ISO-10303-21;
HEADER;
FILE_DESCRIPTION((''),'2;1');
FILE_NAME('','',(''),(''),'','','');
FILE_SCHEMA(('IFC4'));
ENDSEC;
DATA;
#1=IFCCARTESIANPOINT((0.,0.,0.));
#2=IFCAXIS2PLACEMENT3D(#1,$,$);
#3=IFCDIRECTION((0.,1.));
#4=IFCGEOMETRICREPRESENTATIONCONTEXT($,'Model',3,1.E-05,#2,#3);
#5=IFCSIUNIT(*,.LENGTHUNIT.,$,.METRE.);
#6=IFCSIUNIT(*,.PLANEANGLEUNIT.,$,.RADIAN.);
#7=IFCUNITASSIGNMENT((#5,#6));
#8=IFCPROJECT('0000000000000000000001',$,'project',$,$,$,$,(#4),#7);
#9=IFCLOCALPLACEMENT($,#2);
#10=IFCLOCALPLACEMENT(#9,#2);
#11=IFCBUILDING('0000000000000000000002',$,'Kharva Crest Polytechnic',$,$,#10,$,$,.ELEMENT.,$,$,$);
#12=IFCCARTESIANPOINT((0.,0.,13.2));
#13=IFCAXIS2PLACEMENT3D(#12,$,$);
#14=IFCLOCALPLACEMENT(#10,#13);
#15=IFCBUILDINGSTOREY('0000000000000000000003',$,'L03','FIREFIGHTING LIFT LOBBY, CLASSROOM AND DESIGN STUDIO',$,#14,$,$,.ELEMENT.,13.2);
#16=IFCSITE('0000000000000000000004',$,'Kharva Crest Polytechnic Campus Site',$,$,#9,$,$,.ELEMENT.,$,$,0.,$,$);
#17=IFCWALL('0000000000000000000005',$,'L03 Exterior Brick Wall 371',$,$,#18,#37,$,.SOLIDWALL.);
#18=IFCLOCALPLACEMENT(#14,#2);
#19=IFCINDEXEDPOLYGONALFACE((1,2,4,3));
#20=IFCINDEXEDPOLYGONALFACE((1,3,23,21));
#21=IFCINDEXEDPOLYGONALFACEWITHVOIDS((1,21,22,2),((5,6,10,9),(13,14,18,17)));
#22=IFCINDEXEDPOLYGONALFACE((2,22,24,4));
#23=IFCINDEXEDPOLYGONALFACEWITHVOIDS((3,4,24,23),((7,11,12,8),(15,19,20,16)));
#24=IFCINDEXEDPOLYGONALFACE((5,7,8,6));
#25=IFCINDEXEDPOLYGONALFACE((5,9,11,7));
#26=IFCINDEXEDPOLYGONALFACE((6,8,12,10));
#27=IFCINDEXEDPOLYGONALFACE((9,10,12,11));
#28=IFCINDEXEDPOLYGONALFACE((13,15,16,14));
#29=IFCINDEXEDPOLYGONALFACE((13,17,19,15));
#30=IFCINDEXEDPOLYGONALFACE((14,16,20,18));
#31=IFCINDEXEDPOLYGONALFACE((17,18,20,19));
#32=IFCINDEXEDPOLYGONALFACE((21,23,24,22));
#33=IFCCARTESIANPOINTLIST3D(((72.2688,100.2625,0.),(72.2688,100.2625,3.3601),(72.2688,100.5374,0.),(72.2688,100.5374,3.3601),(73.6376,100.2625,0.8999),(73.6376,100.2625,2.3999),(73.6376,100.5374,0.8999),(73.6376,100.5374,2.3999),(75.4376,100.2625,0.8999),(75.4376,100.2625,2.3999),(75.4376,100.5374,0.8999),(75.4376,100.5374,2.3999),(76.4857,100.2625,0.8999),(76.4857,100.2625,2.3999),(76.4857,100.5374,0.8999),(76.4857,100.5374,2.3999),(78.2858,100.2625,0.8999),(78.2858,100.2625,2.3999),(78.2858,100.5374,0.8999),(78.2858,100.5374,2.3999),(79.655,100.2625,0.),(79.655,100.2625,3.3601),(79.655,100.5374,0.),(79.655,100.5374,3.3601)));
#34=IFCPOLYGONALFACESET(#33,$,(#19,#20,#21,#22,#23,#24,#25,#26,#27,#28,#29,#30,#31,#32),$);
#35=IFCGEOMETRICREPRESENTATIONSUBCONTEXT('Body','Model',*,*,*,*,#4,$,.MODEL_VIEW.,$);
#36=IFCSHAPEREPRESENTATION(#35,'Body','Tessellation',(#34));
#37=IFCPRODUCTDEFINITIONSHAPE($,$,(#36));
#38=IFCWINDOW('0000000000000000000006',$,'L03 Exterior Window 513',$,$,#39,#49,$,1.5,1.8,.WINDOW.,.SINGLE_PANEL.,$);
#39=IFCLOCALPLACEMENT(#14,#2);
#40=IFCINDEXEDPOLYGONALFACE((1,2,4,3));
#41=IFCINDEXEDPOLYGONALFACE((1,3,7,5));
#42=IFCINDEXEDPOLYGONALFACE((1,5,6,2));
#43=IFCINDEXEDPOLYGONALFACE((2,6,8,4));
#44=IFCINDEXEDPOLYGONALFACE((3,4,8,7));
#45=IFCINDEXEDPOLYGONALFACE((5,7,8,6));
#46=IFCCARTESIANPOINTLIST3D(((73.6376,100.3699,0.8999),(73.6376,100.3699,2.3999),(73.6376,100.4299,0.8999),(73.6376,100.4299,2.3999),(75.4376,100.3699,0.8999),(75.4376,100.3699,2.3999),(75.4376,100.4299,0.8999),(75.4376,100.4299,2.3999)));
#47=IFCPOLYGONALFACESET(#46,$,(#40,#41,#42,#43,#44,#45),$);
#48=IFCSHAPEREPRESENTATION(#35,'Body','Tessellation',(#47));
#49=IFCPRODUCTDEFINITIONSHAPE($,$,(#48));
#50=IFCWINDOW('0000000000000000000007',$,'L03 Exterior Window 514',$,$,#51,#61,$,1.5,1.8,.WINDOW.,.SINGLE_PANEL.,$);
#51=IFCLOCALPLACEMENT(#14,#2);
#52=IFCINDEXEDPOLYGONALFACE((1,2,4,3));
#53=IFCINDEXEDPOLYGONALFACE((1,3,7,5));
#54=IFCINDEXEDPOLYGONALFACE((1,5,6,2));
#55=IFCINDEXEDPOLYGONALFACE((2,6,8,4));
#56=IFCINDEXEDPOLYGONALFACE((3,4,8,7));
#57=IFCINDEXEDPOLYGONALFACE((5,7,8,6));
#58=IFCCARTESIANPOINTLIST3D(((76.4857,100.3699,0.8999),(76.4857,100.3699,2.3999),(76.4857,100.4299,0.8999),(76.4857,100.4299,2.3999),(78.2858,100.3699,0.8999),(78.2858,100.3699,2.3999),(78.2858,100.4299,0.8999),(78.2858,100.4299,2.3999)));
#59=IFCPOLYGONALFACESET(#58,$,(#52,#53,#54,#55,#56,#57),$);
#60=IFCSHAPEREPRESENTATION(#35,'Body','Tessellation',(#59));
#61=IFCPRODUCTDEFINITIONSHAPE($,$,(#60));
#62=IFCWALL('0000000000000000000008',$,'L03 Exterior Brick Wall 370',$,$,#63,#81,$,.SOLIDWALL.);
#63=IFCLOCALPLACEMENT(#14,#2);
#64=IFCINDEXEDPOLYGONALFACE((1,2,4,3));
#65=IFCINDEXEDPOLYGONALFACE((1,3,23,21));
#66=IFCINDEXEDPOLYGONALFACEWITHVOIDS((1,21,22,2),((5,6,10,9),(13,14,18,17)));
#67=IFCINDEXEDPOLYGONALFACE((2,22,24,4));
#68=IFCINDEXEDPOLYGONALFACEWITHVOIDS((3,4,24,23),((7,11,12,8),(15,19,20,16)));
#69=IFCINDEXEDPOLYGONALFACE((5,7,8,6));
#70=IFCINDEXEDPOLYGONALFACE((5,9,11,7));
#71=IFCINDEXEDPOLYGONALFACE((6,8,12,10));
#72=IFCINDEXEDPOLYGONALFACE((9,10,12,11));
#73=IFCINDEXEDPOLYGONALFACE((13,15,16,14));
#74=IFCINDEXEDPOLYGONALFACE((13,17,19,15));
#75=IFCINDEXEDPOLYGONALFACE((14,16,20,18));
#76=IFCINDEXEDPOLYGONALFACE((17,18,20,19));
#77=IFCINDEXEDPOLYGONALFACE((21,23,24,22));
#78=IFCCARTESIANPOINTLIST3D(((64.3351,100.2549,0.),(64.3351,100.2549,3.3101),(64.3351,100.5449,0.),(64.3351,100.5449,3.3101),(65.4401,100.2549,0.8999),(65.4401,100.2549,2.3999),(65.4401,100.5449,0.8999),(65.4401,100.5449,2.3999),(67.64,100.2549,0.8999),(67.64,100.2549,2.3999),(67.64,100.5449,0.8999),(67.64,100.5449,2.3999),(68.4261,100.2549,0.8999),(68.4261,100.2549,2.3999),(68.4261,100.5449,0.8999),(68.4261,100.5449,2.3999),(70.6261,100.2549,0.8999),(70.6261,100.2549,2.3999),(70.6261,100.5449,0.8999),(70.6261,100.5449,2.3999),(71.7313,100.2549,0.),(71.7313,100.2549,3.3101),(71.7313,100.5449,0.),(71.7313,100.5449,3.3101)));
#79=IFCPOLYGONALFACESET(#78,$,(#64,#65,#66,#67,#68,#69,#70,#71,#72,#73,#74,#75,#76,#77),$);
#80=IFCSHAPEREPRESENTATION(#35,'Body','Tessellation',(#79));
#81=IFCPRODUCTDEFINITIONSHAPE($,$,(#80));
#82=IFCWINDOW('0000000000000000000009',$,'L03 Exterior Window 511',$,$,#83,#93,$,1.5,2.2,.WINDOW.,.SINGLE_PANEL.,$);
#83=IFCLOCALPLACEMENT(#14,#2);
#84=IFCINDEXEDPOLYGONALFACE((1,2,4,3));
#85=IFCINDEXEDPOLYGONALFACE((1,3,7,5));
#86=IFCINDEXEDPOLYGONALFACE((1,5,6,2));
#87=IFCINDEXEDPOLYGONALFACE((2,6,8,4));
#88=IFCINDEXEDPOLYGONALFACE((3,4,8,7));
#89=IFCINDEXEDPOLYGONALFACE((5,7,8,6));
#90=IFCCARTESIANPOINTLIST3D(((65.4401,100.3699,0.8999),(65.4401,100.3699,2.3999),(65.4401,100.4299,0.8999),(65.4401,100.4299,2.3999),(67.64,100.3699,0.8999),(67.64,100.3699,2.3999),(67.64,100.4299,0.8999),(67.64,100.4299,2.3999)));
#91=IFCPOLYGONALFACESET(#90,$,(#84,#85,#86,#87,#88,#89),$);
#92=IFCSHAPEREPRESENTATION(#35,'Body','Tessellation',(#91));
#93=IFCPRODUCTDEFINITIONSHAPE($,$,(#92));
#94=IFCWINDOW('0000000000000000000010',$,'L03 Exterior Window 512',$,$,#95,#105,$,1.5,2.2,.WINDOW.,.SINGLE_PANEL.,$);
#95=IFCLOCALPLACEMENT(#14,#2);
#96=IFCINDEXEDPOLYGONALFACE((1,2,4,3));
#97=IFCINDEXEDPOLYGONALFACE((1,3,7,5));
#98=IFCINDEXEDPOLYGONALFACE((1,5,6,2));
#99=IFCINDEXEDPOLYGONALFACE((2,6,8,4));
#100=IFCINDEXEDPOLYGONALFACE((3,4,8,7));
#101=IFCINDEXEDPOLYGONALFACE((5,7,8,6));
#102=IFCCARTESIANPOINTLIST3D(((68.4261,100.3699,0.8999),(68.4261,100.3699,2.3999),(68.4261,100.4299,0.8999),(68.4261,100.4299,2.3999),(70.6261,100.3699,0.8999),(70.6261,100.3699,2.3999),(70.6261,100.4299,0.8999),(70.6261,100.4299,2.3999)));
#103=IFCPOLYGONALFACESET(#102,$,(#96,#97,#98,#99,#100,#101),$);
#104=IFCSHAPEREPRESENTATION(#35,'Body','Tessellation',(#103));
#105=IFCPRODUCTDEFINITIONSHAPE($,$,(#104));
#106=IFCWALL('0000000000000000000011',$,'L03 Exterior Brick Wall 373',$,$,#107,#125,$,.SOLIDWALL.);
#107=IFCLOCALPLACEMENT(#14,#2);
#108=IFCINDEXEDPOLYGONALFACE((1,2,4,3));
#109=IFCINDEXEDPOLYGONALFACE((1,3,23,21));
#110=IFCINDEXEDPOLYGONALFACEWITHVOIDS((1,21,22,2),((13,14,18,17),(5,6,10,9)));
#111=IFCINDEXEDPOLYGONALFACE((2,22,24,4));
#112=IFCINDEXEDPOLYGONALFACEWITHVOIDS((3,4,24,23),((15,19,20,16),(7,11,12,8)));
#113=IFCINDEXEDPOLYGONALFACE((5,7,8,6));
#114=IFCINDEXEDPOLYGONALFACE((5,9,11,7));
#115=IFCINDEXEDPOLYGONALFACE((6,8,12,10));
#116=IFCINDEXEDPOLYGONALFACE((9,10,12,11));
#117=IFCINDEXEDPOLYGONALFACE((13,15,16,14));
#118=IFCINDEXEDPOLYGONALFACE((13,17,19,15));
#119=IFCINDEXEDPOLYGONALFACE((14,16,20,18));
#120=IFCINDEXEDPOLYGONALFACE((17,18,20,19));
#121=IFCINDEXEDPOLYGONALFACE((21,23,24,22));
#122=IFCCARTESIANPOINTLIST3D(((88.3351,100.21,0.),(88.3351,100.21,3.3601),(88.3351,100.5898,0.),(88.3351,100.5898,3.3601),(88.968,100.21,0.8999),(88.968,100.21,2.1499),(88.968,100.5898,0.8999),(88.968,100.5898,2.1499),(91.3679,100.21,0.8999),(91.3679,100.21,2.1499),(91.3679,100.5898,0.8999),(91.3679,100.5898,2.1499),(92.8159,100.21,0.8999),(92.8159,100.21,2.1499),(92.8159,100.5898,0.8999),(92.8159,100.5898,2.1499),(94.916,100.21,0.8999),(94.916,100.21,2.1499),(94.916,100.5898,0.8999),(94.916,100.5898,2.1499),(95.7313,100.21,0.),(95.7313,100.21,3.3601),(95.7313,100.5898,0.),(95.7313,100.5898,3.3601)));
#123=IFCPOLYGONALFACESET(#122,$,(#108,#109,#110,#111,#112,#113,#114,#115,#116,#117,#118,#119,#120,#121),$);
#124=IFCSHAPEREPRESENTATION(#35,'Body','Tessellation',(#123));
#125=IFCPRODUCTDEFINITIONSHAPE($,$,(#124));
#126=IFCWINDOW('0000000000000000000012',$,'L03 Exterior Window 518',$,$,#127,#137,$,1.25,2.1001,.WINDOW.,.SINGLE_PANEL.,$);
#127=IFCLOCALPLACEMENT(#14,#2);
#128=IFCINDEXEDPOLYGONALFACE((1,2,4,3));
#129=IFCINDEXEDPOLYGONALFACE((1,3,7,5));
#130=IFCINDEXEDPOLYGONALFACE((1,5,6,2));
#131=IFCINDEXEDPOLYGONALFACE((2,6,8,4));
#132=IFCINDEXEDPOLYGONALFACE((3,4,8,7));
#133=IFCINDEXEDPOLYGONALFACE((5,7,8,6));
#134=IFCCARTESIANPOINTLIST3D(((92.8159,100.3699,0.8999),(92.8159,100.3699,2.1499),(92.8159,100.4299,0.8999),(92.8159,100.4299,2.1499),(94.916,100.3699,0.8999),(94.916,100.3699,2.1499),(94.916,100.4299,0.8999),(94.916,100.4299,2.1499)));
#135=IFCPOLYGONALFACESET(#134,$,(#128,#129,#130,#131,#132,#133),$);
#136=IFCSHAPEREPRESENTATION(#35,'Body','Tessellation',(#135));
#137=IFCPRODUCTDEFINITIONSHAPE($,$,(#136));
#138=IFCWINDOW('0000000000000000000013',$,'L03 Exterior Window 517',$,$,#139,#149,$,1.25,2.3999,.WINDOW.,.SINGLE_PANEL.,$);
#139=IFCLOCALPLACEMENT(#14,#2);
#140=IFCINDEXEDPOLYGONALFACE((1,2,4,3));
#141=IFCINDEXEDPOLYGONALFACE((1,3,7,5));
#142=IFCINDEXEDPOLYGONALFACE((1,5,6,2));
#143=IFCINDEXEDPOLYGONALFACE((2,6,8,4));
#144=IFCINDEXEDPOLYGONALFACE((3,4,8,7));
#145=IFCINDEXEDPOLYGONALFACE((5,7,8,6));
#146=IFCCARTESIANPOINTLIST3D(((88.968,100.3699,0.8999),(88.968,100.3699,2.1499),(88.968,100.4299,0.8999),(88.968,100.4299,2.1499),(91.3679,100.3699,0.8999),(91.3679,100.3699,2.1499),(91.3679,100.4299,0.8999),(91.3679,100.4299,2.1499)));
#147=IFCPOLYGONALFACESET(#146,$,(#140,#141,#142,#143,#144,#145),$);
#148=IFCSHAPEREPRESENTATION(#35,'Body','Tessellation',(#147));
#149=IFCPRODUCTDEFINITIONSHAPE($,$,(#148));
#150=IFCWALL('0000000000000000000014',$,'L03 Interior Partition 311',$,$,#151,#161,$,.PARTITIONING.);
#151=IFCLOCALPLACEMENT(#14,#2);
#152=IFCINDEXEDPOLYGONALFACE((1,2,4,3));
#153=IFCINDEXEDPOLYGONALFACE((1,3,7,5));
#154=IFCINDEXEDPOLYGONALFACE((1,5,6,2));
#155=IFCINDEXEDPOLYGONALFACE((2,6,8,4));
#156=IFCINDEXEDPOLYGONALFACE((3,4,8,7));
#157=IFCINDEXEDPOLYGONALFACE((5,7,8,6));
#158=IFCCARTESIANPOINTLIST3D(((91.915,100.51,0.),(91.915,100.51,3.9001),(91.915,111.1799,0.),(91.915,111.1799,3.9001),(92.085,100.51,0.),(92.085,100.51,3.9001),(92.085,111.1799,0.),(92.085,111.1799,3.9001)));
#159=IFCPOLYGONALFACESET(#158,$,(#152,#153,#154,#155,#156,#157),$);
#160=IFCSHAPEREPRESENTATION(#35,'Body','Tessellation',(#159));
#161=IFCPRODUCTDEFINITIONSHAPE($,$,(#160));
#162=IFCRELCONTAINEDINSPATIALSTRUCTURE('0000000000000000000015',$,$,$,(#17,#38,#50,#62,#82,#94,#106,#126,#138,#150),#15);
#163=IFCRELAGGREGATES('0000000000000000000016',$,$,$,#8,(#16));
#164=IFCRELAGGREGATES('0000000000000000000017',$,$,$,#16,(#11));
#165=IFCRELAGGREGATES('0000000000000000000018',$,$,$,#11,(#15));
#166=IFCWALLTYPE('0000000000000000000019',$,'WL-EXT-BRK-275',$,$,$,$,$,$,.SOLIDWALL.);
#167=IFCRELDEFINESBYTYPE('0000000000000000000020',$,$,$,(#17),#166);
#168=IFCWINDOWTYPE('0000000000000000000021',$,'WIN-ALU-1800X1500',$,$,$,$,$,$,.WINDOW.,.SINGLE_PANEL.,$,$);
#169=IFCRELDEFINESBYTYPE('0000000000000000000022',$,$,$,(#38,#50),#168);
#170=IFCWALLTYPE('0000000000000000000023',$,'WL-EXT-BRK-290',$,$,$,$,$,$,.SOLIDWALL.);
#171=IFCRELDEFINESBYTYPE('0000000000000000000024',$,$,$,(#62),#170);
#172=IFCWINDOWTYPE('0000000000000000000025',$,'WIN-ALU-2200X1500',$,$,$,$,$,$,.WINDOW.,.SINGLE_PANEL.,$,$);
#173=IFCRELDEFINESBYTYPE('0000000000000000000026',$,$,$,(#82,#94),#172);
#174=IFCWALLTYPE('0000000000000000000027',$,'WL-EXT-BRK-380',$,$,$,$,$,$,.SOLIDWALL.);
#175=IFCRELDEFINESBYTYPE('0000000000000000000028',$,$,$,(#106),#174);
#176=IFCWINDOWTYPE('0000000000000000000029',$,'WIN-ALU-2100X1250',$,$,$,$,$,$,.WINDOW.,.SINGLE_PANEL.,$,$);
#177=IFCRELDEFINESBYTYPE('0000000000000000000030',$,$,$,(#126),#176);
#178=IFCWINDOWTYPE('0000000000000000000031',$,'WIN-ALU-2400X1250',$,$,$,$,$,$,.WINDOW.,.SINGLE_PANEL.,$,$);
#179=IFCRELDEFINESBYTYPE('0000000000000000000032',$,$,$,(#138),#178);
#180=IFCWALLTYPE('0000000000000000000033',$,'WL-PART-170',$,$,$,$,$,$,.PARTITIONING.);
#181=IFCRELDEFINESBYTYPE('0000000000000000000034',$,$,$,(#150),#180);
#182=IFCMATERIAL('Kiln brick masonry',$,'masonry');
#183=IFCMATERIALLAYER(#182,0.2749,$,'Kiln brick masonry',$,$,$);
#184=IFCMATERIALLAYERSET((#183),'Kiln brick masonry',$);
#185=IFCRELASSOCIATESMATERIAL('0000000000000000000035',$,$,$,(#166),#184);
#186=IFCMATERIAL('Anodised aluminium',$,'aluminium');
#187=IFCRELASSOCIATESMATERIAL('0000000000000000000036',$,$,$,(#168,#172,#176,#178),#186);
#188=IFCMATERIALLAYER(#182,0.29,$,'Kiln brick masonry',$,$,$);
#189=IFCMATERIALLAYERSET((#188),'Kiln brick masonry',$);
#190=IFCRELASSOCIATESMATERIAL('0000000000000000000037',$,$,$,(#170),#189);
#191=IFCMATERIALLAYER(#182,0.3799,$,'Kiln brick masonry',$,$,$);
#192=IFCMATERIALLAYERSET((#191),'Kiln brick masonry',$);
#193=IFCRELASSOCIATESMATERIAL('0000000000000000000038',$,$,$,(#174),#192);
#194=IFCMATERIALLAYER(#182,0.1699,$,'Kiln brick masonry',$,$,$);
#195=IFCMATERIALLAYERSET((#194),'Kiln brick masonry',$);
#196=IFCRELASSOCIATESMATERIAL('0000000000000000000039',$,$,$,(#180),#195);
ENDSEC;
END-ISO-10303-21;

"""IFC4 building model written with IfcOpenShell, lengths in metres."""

from ifc_helpers import new_model, si_unit, direction, frame, frame_2d, origin, place, context, subcontext, project, spatial, rectangle, extrude, material, layer, layer_set, type_object, element, fill, save


model = new_model("IFC4")

# Units and contexts
model_context = context("Model", 3, precision=1e-05, world=origin(), true_north=direction((0.0, 1.0)))
body_context = subcontext(model_context, "Body", "Model", "MODEL_VIEW")
ifc_project = project(units=[si_unit("LENGTHUNIT", "METRE"), si_unit("PLANEANGLEUNIT", "RADIAN")], contexts=[model_context])

# Site, building, storey
site_placement = place(None, origin())
site = spatial("IfcSite", under=ifc_project, at=site_placement, Name="Kharva Crest Polytechnic Campus Site", CompositionType="ELEMENT", RefElevation=0.0)
building_placement = place(site_placement, origin())
building = spatial("IfcBuilding", under=site, at=building_placement, Name="Kharva Crest Polytechnic", CompositionType="ELEMENT")
storey_placement = place(building_placement, frame((0.0, 0.0, 13.2)))
storey = spatial("IfcBuildingStorey", under=building, at=storey_placement, Name="L03", Description="FIREFIGHTING LIFT LOBBY, CLASSROOM AND DESIGN STUDIO", CompositionType="ELEMENT", Elevation=13.2)

# Walls, openings, windows
ifc_material_1 = material(Name="Kiln brick masonry", Category="masonry")
ifc_material_2 = material(Name="Anodised aluminium", Category="aluminium")
ifc_layer_1 = layer(ifc_material_1, 0.2749, Name="Kiln brick masonry")
ifc_layer_set_1 = layer_set([ifc_layer_1], Name="Kiln brick masonry")
wall_type_1 = type_object("IfcWallType", Name="WL-EXT-BRK-275", PredefinedType="SOLIDWALL", material=ifc_layer_set_1)
wall_1_placement = place(storey_placement, frame((72.2688, 100.3999, 0.0), z_axis=(0.0, 0.0, 1.0), x_axis=(1.0, 0.0, 0.0)))
wall_1 = element("IfcWall", 1, at=wall_1_placement, inside=storey, type_object=wall_type_1, Name="L03 Exterior Brick Wall 371", PredefinedType="SOLIDWALL", context=body_context, shape_type="SweptSolid", body=[
    extrude(rectangle(XDim=7.3862, YDim=0.2749, at=frame_2d((3.6931, 0.0))), origin(), (0.0, 0.0, 1.0), 3.3601),
])
opening_1_placement = place(wall_1_placement, frame((1.3689, 0.0, 0.8999)))
opening_1 = element("IfcOpeningElement", 2, at=opening_1_placement, cuts=wall_1, PredefinedType="OPENING", context=body_context, shape_type="SweptSolid", body=[
    extrude(rectangle(XDim=1.8, YDim=1.5, at=frame_2d((0.8999, 0.75))), frame((0.0, 0.1475, 0.0), z_axis=(0.0, -1.0, 0.0), x_axis=(1.0, 0.0, 0.0)), (0.0, 0.0, 1.0), 0.2949),
])
opening_2_placement = place(wall_1_placement, frame((4.217, 0.0, 0.8999)))
opening_2 = element("IfcOpeningElement", 3, at=opening_2_placement, cuts=wall_1, PredefinedType="OPENING", context=body_context, shape_type="SweptSolid", body=[
    extrude(rectangle(XDim=1.8, YDim=1.5, at=frame_2d((0.8999, 0.75))), frame((0.0, 0.1475, 0.0), z_axis=(0.0, -1.0, 0.0), x_axis=(1.0, 0.0, 0.0)), (0.0, 0.0, 1.0), 0.2949),
])
window_type_1 = type_object("IfcWindowType", Name="WIN-ALU-1800X1500", PartitioningType="SINGLE_PANEL", PredefinedType="WINDOW", material=ifc_material_2)
window_1_placement = place(opening_1_placement, origin())
window_1 = element("IfcWindow", 4, at=window_1_placement, inside=storey, type_object=window_type_1, Name="L03 Exterior Window 513", OverallHeight=1.5, OverallWidth=1.8, PartitioningType="SINGLE_PANEL", PredefinedType="WINDOW", context=body_context, shape_type="SweptSolid", body=[
    extrude(rectangle(XDim=1.8, YDim=1.5, at=frame_2d((0.8999, 0.75))), frame((0.0, 0.03, 0.0), z_axis=(0.0, -1.0, 0.0), x_axis=(1.0, 0.0, 0.0)), (0.0, 0.0, 1.0), 0.0601),
])
fill(opening_1, window_1)
window_2_placement = place(opening_2_placement, origin())
window_2 = element("IfcWindow", 5, at=window_2_placement, inside=storey, type_object=window_type_1, Name="L03 Exterior Window 514", OverallHeight=1.5, OverallWidth=1.8, PartitioningType="SINGLE_PANEL", PredefinedType="WINDOW", context=body_context, shape_type="SweptSolid", body=[
    extrude(rectangle(XDim=1.8, YDim=1.5, at=frame_2d((0.8999, 0.75))), frame((0.0, 0.03, 0.0), z_axis=(0.0, -1.0, 0.0), x_axis=(1.0, 0.0, 0.0)), (0.0, 0.0, 1.0), 0.0601),
])
fill(opening_2, window_2)
ifc_layer_2 = layer(ifc_material_1, 0.29, Name="Kiln brick masonry")
ifc_layer_set_2 = layer_set([ifc_layer_2], Name="Kiln brick masonry")
wall_type_2 = type_object("IfcWallType", Name="WL-EXT-BRK-290", PredefinedType="SOLIDWALL", material=ifc_layer_set_2)
wall_2_placement = place(storey_placement, frame((64.335, 100.3999, 0.0), z_axis=(0.0, 0.0, 1.0), x_axis=(1.0, 0.0, 0.0)))
wall_2 = element("IfcWall", 6, at=wall_2_placement, inside=storey, type_object=wall_type_2, Name="L03 Exterior Brick Wall 370", PredefinedType="SOLIDWALL", context=body_context, shape_type="SweptSolid", body=[
    extrude(rectangle(XDim=7.3962, YDim=0.29, at=frame_2d((3.6982, 0.0))), origin(), (0.0, 0.0, 1.0), 3.3101),
])
opening_3_placement = place(wall_2_placement, frame((1.105, 0.0, 0.8999)))
opening_3 = element("IfcOpeningElement", 7, at=opening_3_placement, cuts=wall_2, PredefinedType="OPENING", context=body_context, shape_type="SweptSolid", body=[
    extrude(rectangle(XDim=2.2, YDim=1.5, at=frame_2d((1.1001, 0.75))), frame((0.0, 0.155, 0.0), z_axis=(0.0, -1.0, 0.0), x_axis=(1.0, 0.0, 0.0)), (0.0, 0.0, 1.0), 0.3101),
])
opening_4_placement = place(wall_2_placement, frame((4.0911, 0.0, 0.8999)))
opening_4 = element("IfcOpeningElement", 8, at=opening_4_placement, cuts=wall_2, PredefinedType="OPENING", context=body_context, shape_type="SweptSolid", body=[
    extrude(rectangle(XDim=2.2, YDim=1.5, at=frame_2d((1.1001, 0.75))), frame((0.0, 0.155, 0.0), z_axis=(0.0, -1.0, 0.0), x_axis=(1.0, 0.0, 0.0)), (0.0, 0.0, 1.0), 0.3101),
])
window_type_2 = type_object("IfcWindowType", Name="WIN-ALU-2200X1500", PartitioningType="SINGLE_PANEL", PredefinedType="WINDOW", material=ifc_material_2)
window_3_placement = place(opening_3_placement, origin())
window_3 = element("IfcWindow", 9, at=window_3_placement, inside=storey, type_object=window_type_2, Name="L03 Exterior Window 511", OverallHeight=1.5, OverallWidth=2.2, PartitioningType="SINGLE_PANEL", PredefinedType="WINDOW", context=body_context, shape_type="SweptSolid", body=[
    extrude(rectangle(XDim=2.2, YDim=1.5, at=frame_2d((1.1001, 0.75))), frame((0.0, 0.03, 0.0), z_axis=(0.0, -1.0, 0.0), x_axis=(1.0, 0.0, 0.0)), (0.0, 0.0, 1.0), 0.0601),
])
fill(opening_3, window_3)
window_4_placement = place(opening_4_placement, origin())
window_4 = element("IfcWindow", 10, at=window_4_placement, inside=storey, type_object=window_type_2, Name="L03 Exterior Window 512", OverallHeight=1.5, OverallWidth=2.2, PartitioningType="SINGLE_PANEL", PredefinedType="WINDOW", context=body_context, shape_type="SweptSolid", body=[
    extrude(rectangle(XDim=2.2, YDim=1.5, at=frame_2d((1.1001, 0.75))), frame((0.0, 0.03, 0.0), z_axis=(0.0, -1.0, 0.0), x_axis=(1.0, 0.0, 0.0)), (0.0, 0.0, 1.0), 0.0601),
])
fill(opening_4, window_4)
ifc_layer_3 = layer(ifc_material_1, 0.3799, Name="Kiln brick masonry")
ifc_layer_set_3 = layer_set([ifc_layer_3], Name="Kiln brick masonry")
wall_type_3 = type_object("IfcWallType", Name="WL-EXT-BRK-380", PredefinedType="SOLIDWALL", material=ifc_layer_set_3)
wall_3_placement = place(storey_placement, frame((88.335, 100.3999, 0.0), z_axis=(0.0, 0.0, 1.0), x_axis=(1.0, 0.0, 0.0)))
wall_3 = element("IfcWall", 11, at=wall_3_placement, inside=storey, type_object=wall_type_3, Name="L03 Exterior Brick Wall 373", PredefinedType="SOLIDWALL", context=body_context, shape_type="SweptSolid", body=[
    extrude(rectangle(XDim=7.3962, YDim=0.3799, at=frame_2d((3.6982, 0.0))), origin(), (0.0, 0.0, 1.0), 3.3601),
])
opening_5_placement = place(wall_3_placement, frame((0.6331, 0.0, 0.8999)))
opening_5 = element("IfcOpeningElement", 12, at=opening_5_placement, cuts=wall_3, PredefinedType="OPENING", context=body_context, shape_type="SweptSolid", body=[
    extrude(rectangle(XDim=2.3999, YDim=1.25, at=frame_2d((1.2, 0.625))), frame((0.0, 0.2, 0.0), z_axis=(0.0, -1.0, 0.0), x_axis=(1.0, 0.0, 0.0)), (0.0, 0.0, 1.0), 0.3999),
])
opening_6_placement = place(wall_3_placement, frame((4.481, 0.0, 0.8999)))
opening_6 = element("IfcOpeningElement", 13, at=opening_6_placement, cuts=wall_3, PredefinedType="OPENING", context=body_context, shape_type="SweptSolid", body=[
    extrude(rectangle(XDim=2.1001, YDim=1.25, at=frame_2d((1.05, 0.625))), frame((0.0, 0.2, 0.0), z_axis=(0.0, -1.0, 0.0), x_axis=(1.0, 0.0, 0.0)), (0.0, 0.0, 1.0), 0.3999),
])
window_type_3 = type_object("IfcWindowType", Name="WIN-ALU-2100X1250", PartitioningType="SINGLE_PANEL", PredefinedType="WINDOW", material=ifc_material_2)
window_5_placement = place(opening_6_placement, origin())
window_5 = element("IfcWindow", 14, at=window_5_placement, inside=storey, type_object=window_type_3, Name="L03 Exterior Window 518", OverallHeight=1.25, OverallWidth=2.1001, PartitioningType="SINGLE_PANEL", PredefinedType="WINDOW", context=body_context, shape_type="SweptSolid", body=[
    extrude(rectangle(XDim=2.1001, YDim=1.25, at=frame_2d((1.05, 0.625))), frame((0.0, 0.03, 0.0), z_axis=(0.0, -1.0, 0.0), x_axis=(1.0, 0.0, 0.0)), (0.0, 0.0, 1.0), 0.0601),
])
fill(opening_6, window_5)
window_type_4 = type_object("IfcWindowType", Name="WIN-ALU-2400X1250", PartitioningType="SINGLE_PANEL", PredefinedType="WINDOW", material=ifc_material_2)
window_6_placement = place(opening_5_placement, origin())
window_6 = element("IfcWindow", 15, at=window_6_placement, inside=storey, type_object=window_type_4, Name="L03 Exterior Window 517", OverallHeight=1.25, OverallWidth=2.3999, PartitioningType="SINGLE_PANEL", PredefinedType="WINDOW", context=body_context, shape_type="SweptSolid", body=[
    extrude(rectangle(XDim=2.3999, YDim=1.25, at=frame_2d((1.2, 0.625))), frame((0.0, 0.03, 0.0), z_axis=(0.0, -1.0, 0.0), x_axis=(1.0, 0.0, 0.0)), (0.0, 0.0, 1.0), 0.0601),
])
fill(opening_5, window_6)

# Wall
ifc_layer_4 = layer(ifc_material_1, 0.1699, Name="Kiln brick masonry")
ifc_layer_set_4 = layer_set([ifc_layer_4], Name="Kiln brick masonry")
wall_type_4 = type_object("IfcWallType", Name="WL-PART-170", PredefinedType="PARTITIONING", material=ifc_layer_set_4)
wall_4_placement = place(storey_placement, frame((92.0, 100.51, 0.0), z_axis=(0.0, 0.0, 1.0), x_axis=(0.0, 1.0, 0.0)))
element("IfcWall", 16, at=wall_4_placement, inside=storey, type_object=wall_type_4, Name="L03 Interior Partition 311", PredefinedType="PARTITIONING", context=body_context, shape_type="SweptSolid", body=[
    extrude(rectangle(XDim=10.6699, YDim=0.1699, at=frame_2d((5.335, 0.0))), origin(), (0.0, 0.0, 1.0), 3.9001),
])

save(model, "model.ifc")
